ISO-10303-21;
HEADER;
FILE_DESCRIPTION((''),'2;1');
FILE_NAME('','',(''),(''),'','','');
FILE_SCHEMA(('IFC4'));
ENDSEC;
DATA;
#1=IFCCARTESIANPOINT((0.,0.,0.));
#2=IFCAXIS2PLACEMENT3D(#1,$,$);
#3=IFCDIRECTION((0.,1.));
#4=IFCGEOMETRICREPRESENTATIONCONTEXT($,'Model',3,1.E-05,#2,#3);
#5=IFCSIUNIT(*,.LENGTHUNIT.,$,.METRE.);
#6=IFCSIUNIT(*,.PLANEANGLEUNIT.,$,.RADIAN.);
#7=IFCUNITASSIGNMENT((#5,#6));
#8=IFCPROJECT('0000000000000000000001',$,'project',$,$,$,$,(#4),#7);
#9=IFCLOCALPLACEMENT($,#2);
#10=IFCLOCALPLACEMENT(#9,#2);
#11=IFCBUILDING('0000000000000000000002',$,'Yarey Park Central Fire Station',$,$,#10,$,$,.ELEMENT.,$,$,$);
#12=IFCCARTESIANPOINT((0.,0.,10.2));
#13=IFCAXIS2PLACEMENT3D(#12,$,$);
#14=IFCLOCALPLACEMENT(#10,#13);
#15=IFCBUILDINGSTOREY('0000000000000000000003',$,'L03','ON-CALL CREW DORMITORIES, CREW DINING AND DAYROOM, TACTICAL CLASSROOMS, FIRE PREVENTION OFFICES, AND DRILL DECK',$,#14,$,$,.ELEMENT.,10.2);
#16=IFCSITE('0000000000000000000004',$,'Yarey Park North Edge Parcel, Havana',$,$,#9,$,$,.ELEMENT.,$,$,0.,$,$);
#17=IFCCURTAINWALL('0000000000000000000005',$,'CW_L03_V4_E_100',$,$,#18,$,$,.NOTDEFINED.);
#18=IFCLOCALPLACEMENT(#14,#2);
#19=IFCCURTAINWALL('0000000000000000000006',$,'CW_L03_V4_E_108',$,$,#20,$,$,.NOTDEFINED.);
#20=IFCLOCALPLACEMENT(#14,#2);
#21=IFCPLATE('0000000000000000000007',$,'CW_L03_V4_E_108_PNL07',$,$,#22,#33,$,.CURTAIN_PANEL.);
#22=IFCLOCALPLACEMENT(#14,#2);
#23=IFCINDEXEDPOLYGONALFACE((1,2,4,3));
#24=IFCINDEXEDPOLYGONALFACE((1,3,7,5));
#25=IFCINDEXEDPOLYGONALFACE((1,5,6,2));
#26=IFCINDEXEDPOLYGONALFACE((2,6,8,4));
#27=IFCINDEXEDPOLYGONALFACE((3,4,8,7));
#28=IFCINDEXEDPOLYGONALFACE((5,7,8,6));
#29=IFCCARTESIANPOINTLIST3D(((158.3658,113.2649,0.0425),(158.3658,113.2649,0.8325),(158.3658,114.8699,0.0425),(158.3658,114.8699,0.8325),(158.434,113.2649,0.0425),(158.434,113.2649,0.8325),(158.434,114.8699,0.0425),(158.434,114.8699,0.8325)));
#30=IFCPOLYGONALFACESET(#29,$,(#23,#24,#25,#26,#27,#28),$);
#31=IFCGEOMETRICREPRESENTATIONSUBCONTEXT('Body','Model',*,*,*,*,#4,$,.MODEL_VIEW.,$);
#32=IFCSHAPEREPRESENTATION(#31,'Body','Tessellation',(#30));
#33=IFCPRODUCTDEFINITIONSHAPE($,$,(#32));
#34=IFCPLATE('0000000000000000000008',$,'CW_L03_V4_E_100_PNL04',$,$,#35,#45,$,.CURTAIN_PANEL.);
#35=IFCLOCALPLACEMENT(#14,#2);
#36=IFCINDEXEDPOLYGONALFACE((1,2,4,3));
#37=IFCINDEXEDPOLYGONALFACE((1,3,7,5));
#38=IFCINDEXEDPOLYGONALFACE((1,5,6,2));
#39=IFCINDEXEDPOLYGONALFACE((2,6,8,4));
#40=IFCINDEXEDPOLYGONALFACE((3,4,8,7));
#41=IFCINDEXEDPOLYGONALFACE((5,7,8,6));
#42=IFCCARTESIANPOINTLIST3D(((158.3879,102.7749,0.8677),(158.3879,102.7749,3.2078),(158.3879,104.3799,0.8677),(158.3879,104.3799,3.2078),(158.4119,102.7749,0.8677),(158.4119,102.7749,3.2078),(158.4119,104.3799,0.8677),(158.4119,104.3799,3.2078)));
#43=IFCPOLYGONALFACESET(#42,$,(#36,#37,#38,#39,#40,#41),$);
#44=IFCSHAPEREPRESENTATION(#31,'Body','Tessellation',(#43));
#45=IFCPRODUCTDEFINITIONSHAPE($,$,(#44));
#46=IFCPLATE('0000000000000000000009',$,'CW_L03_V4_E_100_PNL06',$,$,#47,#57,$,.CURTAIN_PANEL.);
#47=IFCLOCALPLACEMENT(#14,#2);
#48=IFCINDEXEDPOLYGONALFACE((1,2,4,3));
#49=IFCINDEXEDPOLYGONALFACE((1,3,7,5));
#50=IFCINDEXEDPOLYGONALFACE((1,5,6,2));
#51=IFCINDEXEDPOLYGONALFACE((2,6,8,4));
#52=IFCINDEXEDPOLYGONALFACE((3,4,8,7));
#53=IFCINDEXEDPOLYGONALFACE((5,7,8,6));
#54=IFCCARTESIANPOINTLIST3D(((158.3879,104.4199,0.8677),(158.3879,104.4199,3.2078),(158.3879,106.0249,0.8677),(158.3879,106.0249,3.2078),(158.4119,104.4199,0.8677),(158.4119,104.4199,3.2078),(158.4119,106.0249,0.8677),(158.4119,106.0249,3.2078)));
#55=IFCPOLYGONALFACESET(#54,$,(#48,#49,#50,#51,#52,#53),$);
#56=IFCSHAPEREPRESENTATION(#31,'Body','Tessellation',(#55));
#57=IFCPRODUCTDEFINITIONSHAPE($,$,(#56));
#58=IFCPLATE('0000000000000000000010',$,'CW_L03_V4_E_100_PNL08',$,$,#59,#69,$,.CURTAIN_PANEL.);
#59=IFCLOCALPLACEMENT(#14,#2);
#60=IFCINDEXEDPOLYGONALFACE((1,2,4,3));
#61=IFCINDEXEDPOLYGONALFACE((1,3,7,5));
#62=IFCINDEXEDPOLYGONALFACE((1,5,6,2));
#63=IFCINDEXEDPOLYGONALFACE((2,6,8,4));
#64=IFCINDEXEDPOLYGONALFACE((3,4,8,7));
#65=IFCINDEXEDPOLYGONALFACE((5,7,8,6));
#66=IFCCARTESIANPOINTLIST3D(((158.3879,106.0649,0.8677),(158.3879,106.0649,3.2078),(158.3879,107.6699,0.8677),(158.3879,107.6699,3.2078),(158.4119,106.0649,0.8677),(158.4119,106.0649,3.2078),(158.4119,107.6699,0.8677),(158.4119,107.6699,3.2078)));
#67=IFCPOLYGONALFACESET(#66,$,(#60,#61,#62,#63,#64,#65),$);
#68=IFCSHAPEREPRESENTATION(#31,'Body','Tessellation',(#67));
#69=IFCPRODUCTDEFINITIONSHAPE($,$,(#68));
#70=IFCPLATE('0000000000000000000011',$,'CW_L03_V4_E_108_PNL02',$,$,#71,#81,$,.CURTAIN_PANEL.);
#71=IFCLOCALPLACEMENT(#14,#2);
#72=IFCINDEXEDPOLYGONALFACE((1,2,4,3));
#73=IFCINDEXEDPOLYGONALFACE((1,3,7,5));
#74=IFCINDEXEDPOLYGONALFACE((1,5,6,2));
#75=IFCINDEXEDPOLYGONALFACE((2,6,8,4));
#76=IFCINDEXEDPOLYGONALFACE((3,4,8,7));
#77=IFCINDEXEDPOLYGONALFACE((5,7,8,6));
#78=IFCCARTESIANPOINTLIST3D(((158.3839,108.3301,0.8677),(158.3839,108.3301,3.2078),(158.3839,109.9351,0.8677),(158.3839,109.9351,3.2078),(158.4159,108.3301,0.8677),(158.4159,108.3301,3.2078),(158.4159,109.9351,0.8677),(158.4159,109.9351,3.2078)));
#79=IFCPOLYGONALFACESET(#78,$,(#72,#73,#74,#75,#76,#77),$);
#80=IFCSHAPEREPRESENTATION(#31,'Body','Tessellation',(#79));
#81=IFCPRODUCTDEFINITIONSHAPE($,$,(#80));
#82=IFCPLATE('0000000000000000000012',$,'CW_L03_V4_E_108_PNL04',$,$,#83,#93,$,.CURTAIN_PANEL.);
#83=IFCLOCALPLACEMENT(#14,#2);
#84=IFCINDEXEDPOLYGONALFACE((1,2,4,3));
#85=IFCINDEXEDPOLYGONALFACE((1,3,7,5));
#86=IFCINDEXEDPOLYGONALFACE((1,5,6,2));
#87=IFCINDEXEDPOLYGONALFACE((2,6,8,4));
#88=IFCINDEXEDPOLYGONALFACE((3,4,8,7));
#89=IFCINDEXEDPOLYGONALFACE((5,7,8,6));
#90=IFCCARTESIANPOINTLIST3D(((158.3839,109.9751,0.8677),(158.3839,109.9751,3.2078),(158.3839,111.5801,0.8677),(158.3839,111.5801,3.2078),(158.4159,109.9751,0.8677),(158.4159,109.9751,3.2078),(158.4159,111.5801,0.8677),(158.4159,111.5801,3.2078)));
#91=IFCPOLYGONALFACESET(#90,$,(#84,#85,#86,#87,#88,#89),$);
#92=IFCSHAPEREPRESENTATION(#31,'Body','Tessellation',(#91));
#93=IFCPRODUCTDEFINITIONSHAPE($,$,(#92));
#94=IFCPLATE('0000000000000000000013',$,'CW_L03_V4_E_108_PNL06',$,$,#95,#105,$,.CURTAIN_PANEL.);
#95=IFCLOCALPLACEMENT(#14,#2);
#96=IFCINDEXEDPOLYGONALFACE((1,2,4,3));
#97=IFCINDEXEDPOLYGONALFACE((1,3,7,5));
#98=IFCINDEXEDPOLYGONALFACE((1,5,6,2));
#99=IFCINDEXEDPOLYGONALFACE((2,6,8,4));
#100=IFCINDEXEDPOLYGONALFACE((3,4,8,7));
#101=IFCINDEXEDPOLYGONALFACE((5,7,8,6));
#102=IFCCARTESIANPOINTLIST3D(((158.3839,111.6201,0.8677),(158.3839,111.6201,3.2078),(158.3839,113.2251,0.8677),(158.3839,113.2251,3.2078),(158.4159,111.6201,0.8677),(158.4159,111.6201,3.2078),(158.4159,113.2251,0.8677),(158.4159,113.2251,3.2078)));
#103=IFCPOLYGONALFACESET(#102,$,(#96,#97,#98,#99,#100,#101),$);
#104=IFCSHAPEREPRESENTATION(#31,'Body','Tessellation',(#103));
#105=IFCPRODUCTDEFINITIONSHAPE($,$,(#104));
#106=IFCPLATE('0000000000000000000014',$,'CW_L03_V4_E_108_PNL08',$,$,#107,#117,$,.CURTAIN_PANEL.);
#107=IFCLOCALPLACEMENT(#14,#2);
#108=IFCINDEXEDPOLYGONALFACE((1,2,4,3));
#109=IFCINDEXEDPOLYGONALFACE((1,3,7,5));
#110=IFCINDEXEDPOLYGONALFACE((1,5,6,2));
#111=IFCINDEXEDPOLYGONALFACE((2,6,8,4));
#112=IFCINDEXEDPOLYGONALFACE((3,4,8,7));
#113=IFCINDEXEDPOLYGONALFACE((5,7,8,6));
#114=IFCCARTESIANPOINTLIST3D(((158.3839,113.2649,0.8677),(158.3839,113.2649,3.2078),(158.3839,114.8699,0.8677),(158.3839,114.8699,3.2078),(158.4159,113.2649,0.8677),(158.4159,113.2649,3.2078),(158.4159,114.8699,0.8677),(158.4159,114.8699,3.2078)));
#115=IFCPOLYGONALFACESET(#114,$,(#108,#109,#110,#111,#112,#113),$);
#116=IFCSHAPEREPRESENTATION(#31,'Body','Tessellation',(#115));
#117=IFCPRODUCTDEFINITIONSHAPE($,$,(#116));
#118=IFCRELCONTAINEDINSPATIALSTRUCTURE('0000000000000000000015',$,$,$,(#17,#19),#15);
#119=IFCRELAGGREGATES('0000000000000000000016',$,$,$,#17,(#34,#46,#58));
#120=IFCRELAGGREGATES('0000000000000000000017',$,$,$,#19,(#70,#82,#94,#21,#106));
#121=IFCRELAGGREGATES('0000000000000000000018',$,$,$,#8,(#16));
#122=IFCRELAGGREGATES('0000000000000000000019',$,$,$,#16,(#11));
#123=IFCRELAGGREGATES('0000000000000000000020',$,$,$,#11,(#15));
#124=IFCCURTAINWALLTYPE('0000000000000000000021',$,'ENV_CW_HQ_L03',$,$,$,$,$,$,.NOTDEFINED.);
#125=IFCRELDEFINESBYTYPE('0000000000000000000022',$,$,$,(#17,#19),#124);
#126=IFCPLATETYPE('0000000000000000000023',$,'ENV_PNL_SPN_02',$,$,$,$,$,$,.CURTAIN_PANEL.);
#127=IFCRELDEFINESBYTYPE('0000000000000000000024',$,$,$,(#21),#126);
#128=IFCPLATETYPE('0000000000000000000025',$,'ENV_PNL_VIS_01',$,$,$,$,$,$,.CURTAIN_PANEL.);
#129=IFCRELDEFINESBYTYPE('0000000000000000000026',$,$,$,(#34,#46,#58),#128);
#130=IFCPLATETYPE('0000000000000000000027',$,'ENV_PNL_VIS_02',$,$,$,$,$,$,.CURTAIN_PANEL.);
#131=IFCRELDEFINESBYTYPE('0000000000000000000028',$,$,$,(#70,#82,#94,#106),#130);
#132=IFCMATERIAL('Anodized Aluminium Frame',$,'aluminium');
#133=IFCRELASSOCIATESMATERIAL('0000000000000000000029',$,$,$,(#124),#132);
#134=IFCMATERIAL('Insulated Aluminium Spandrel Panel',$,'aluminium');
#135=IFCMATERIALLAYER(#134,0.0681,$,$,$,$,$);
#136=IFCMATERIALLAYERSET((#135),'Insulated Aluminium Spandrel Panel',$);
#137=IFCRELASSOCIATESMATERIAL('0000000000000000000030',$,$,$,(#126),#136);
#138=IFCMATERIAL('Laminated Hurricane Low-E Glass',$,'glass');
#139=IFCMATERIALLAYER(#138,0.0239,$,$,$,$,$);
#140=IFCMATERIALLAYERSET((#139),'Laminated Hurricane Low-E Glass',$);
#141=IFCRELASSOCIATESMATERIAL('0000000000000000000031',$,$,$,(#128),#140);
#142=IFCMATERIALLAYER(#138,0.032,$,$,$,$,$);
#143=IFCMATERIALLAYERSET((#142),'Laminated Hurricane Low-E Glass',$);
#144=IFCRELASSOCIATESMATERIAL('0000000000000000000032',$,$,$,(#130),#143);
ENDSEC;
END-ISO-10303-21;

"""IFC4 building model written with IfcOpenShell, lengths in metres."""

from ifc_helpers import new_model, si_unit, direction, frame, origin, origin_2d, place, context, subcontext, project, spatial, rectangle, extrude, material, layer, layer_set, type_object, element, aggregate, save


model = new_model("IFC4")

# Units and contexts
model_context = context("Model", 3, precision=1e-05, world=origin(), true_north=direction((0.0, 1.0)))
body_context = subcontext(model_context, "Body", "Model", "MODEL_VIEW")
ifc_project = project(units=[si_unit("LENGTHUNIT", "METRE"), si_unit("PLANEANGLEUNIT", "RADIAN")], contexts=[model_context])

# Site, building, storey
site_placement = place(None, origin())
site = spatial("IfcSite", under=ifc_project, at=site_placement, Name="Yarey Park North Edge Parcel, Havana", CompositionType="ELEMENT", RefElevation=0.0)
building_placement = place(site_placement, origin())
building = spatial("IfcBuilding", under=site, at=building_placement, Name="Yarey Park Central Fire Station", CompositionType="ELEMENT")
storey_placement = place(building_placement, frame((0.0, 0.0, 10.2)))
storey = spatial("IfcBuildingStorey", under=building, at=storey_placement, Name="L03", Description="ON-CALL CREW DORMITORIES, CREW DINING AND DAYROOM, TACTICAL CLASSROOMS, FIRE PREVENTION OFFICES, AND DRILL DECK", CompositionType="ELEMENT", Elevation=10.2)

# Curtain walls
ifc_material_1 = material(Name="Anodized Aluminium Frame", Category="aluminium")
curtain_wall_type = type_object("IfcCurtainWallType", Name="ENV_CW_HQ_L03", PredefinedType="NOTDEFINED", material=ifc_material_1)
curtain_wall_1_placement = place(storey_placement, origin())
curtain_wall_1 = element("IfcCurtainWall", 1, at=curtain_wall_1_placement, inside=storey, type_object=curtain_wall_type, Name="CW_L03_V4_E_100", PredefinedType="NOTDEFINED")
curtain_wall_2_placement = place(storey_placement, origin())
curtain_wall_2 = element("IfcCurtainWall", 2, at=curtain_wall_2_placement, inside=storey, type_object=curtain_wall_type, Name="CW_L03_V4_E_108", PredefinedType="NOTDEFINED")

# Plates
ifc_material_2 = material(Name="Insulated Aluminium Spandrel Panel", Category="aluminium")
ifc_layer_1 = layer(ifc_material_2, 0.0681)
ifc_layer_set_1 = layer_set([ifc_layer_1], Name="Insulated Aluminium Spandrel Panel")
plate_type_1 = type_object("IfcPlateType", Name="ENV_PNL_SPN_02", PredefinedType="CURTAIN_PANEL", material=ifc_layer_set_1)
plate_1_placement = place(storey_placement, frame((158.3999, 114.0674, 0.0425), z_axis=(0.0, 0.0, 1.0), x_axis=(0.0, 1.0, 0.0)))
plate_1 = element("IfcPlate", 3, at=plate_1_placement, type_object=plate_type_1, Name="CW_L03_V4_E_108_PNL07", PredefinedType="CURTAIN_PANEL", context=body_context, shape_type="SweptSolid", body=[
    extrude(rectangle(XDim=1.605, YDim=0.0681, at=origin_2d()), origin(), (0.0, 0.0, 1.0), 0.79),
])
ifc_material_3 = material(Name="Laminated Hurricane Low-E Glass", Category="glass")
ifc_layer_2 = layer(ifc_material_3, 0.0239)
ifc_layer_set_2 = layer_set([ifc_layer_2], Name="Laminated Hurricane Low-E Glass")
plate_type_2 = type_object("IfcPlateType", Name="ENV_PNL_VIS_01", PredefinedType="CURTAIN_PANEL", material=ifc_layer_set_2)
plate_2_placement = place(storey_placement, frame((158.3999, 103.5774, 0.8677), z_axis=(0.0, 0.0, 1.0), x_axis=(0.0, 1.0, 0.0)))
plate_2 = element("IfcPlate", 4, at=plate_2_placement, type_object=plate_type_2, Name="CW_L03_V4_E_100_PNL04", PredefinedType="CURTAIN_PANEL", context=body_context, shape_type="SweptSolid", body=[
    extrude(rectangle(XDim=1.605, YDim=0.0239, at=origin_2d()), origin(), (0.0, 0.0, 1.0), 2.3401),
])
plate_3_placement = place(storey_placement, frame((158.3999, 105.2224, 0.8677), z_axis=(0.0, 0.0, 1.0), x_axis=(0.0, 1.0, 0.0)))
plate_3 = element("IfcPlate", 5, at=plate_3_placement, type_object=plate_type_2, Name="CW_L03_V4_E_100_PNL06", PredefinedType="CURTAIN_PANEL", context=body_context, shape_type="SweptSolid", body=[
    extrude(rectangle(XDim=1.605, YDim=0.0239, at=origin_2d()), origin(), (0.0, 0.0, 1.0), 2.3401),
])
plate_4_placement = place(storey_placement, frame((158.3999, 106.8674, 0.8677), z_axis=(0.0, 0.0, 1.0), x_axis=(0.0, 1.0, 0.0)))
plate_4 = element("IfcPlate", 6, at=plate_4_placement, type_object=plate_type_2, Name="CW_L03_V4_E_100_PNL08", PredefinedType="CURTAIN_PANEL", context=body_context, shape_type="SweptSolid", body=[
    extrude(rectangle(XDim=1.605, YDim=0.0239, at=origin_2d()), origin(), (0.0, 0.0, 1.0), 2.3401),
])
aggregate(curtain_wall_1, [plate_2, plate_3, plate_4])
ifc_layer_3 = layer(ifc_material_3, 0.032)
ifc_layer_set_3 = layer_set([ifc_layer_3], Name="Laminated Hurricane Low-E Glass")
plate_type_3 = type_object("IfcPlateType", Name="ENV_PNL_VIS_02", PredefinedType="CURTAIN_PANEL", material=ifc_layer_set_3)
plate_5_placement = place(storey_placement, frame((158.3999, 109.1326, 0.8677), z_axis=(0.0, 0.0, 1.0), x_axis=(0.0, 1.0, 0.0)))
plate_5 = element("IfcPlate", 7, at=plate_5_placement, type_object=plate_type_3, Name="CW_L03_V4_E_108_PNL02", PredefinedType="CURTAIN_PANEL", context=body_context, shape_type="SweptSolid", body=[
    extrude(rectangle(XDim=1.605, YDim=0.032, at=origin_2d()), origin(), (0.0, 0.0, 1.0), 2.3401),
])
plate_6_placement = place(storey_placement, frame((158.3999, 110.7776, 0.8677), z_axis=(0.0, 0.0, 1.0), x_axis=(0.0, 1.0, 0.0)))
plate_6 = element("IfcPlate", 8, at=plate_6_placement, type_object=plate_type_3, Name="CW_L03_V4_E_108_PNL04", PredefinedType="CURTAIN_PANEL", context=body_context, shape_type="SweptSolid", body=[
    extrude(rectangle(XDim=1.605, YDim=0.032, at=origin_2d()), origin(), (0.0, 0.0, 1.0), 2.3401),
])
plate_7_placement = place(storey_placement, frame((158.3999, 112.4226, 0.8677), z_axis=(0.0, 0.0, 1.0), x_axis=(0.0, 1.0, 0.0)))
plate_7 = element("IfcPlate", 9, at=plate_7_placement, type_object=plate_type_3, Name="CW_L03_V4_E_108_PNL06", PredefinedType="CURTAIN_PANEL", context=body_context, shape_type="SweptSolid", body=[
    extrude(rectangle(XDim=1.605, YDim=0.032, at=origin_2d()), origin(), (0.0, 0.0, 1.0), 2.3401),
])
plate_8_placement = place(storey_placement, frame((158.3999, 114.0674, 0.8677), z_axis=(0.0, 0.0, 1.0), x_axis=(0.0, 1.0, 0.0)))
plate_8 = element("IfcPlate", 10, at=plate_8_placement, type_object=plate_type_3, Name="CW_L03_V4_E_108_PNL08", PredefinedType="CURTAIN_PANEL", context=body_context, shape_type="SweptSolid", body=[
    extrude(rectangle(XDim=1.605, YDim=0.032, at=origin_2d()), origin(), (0.0, 0.0, 1.0), 2.3401),
])
aggregate(curtain_wall_2, [plate_5, plate_6, plate_7, plate_1, plate_8])

save(model, "model.ifc")
